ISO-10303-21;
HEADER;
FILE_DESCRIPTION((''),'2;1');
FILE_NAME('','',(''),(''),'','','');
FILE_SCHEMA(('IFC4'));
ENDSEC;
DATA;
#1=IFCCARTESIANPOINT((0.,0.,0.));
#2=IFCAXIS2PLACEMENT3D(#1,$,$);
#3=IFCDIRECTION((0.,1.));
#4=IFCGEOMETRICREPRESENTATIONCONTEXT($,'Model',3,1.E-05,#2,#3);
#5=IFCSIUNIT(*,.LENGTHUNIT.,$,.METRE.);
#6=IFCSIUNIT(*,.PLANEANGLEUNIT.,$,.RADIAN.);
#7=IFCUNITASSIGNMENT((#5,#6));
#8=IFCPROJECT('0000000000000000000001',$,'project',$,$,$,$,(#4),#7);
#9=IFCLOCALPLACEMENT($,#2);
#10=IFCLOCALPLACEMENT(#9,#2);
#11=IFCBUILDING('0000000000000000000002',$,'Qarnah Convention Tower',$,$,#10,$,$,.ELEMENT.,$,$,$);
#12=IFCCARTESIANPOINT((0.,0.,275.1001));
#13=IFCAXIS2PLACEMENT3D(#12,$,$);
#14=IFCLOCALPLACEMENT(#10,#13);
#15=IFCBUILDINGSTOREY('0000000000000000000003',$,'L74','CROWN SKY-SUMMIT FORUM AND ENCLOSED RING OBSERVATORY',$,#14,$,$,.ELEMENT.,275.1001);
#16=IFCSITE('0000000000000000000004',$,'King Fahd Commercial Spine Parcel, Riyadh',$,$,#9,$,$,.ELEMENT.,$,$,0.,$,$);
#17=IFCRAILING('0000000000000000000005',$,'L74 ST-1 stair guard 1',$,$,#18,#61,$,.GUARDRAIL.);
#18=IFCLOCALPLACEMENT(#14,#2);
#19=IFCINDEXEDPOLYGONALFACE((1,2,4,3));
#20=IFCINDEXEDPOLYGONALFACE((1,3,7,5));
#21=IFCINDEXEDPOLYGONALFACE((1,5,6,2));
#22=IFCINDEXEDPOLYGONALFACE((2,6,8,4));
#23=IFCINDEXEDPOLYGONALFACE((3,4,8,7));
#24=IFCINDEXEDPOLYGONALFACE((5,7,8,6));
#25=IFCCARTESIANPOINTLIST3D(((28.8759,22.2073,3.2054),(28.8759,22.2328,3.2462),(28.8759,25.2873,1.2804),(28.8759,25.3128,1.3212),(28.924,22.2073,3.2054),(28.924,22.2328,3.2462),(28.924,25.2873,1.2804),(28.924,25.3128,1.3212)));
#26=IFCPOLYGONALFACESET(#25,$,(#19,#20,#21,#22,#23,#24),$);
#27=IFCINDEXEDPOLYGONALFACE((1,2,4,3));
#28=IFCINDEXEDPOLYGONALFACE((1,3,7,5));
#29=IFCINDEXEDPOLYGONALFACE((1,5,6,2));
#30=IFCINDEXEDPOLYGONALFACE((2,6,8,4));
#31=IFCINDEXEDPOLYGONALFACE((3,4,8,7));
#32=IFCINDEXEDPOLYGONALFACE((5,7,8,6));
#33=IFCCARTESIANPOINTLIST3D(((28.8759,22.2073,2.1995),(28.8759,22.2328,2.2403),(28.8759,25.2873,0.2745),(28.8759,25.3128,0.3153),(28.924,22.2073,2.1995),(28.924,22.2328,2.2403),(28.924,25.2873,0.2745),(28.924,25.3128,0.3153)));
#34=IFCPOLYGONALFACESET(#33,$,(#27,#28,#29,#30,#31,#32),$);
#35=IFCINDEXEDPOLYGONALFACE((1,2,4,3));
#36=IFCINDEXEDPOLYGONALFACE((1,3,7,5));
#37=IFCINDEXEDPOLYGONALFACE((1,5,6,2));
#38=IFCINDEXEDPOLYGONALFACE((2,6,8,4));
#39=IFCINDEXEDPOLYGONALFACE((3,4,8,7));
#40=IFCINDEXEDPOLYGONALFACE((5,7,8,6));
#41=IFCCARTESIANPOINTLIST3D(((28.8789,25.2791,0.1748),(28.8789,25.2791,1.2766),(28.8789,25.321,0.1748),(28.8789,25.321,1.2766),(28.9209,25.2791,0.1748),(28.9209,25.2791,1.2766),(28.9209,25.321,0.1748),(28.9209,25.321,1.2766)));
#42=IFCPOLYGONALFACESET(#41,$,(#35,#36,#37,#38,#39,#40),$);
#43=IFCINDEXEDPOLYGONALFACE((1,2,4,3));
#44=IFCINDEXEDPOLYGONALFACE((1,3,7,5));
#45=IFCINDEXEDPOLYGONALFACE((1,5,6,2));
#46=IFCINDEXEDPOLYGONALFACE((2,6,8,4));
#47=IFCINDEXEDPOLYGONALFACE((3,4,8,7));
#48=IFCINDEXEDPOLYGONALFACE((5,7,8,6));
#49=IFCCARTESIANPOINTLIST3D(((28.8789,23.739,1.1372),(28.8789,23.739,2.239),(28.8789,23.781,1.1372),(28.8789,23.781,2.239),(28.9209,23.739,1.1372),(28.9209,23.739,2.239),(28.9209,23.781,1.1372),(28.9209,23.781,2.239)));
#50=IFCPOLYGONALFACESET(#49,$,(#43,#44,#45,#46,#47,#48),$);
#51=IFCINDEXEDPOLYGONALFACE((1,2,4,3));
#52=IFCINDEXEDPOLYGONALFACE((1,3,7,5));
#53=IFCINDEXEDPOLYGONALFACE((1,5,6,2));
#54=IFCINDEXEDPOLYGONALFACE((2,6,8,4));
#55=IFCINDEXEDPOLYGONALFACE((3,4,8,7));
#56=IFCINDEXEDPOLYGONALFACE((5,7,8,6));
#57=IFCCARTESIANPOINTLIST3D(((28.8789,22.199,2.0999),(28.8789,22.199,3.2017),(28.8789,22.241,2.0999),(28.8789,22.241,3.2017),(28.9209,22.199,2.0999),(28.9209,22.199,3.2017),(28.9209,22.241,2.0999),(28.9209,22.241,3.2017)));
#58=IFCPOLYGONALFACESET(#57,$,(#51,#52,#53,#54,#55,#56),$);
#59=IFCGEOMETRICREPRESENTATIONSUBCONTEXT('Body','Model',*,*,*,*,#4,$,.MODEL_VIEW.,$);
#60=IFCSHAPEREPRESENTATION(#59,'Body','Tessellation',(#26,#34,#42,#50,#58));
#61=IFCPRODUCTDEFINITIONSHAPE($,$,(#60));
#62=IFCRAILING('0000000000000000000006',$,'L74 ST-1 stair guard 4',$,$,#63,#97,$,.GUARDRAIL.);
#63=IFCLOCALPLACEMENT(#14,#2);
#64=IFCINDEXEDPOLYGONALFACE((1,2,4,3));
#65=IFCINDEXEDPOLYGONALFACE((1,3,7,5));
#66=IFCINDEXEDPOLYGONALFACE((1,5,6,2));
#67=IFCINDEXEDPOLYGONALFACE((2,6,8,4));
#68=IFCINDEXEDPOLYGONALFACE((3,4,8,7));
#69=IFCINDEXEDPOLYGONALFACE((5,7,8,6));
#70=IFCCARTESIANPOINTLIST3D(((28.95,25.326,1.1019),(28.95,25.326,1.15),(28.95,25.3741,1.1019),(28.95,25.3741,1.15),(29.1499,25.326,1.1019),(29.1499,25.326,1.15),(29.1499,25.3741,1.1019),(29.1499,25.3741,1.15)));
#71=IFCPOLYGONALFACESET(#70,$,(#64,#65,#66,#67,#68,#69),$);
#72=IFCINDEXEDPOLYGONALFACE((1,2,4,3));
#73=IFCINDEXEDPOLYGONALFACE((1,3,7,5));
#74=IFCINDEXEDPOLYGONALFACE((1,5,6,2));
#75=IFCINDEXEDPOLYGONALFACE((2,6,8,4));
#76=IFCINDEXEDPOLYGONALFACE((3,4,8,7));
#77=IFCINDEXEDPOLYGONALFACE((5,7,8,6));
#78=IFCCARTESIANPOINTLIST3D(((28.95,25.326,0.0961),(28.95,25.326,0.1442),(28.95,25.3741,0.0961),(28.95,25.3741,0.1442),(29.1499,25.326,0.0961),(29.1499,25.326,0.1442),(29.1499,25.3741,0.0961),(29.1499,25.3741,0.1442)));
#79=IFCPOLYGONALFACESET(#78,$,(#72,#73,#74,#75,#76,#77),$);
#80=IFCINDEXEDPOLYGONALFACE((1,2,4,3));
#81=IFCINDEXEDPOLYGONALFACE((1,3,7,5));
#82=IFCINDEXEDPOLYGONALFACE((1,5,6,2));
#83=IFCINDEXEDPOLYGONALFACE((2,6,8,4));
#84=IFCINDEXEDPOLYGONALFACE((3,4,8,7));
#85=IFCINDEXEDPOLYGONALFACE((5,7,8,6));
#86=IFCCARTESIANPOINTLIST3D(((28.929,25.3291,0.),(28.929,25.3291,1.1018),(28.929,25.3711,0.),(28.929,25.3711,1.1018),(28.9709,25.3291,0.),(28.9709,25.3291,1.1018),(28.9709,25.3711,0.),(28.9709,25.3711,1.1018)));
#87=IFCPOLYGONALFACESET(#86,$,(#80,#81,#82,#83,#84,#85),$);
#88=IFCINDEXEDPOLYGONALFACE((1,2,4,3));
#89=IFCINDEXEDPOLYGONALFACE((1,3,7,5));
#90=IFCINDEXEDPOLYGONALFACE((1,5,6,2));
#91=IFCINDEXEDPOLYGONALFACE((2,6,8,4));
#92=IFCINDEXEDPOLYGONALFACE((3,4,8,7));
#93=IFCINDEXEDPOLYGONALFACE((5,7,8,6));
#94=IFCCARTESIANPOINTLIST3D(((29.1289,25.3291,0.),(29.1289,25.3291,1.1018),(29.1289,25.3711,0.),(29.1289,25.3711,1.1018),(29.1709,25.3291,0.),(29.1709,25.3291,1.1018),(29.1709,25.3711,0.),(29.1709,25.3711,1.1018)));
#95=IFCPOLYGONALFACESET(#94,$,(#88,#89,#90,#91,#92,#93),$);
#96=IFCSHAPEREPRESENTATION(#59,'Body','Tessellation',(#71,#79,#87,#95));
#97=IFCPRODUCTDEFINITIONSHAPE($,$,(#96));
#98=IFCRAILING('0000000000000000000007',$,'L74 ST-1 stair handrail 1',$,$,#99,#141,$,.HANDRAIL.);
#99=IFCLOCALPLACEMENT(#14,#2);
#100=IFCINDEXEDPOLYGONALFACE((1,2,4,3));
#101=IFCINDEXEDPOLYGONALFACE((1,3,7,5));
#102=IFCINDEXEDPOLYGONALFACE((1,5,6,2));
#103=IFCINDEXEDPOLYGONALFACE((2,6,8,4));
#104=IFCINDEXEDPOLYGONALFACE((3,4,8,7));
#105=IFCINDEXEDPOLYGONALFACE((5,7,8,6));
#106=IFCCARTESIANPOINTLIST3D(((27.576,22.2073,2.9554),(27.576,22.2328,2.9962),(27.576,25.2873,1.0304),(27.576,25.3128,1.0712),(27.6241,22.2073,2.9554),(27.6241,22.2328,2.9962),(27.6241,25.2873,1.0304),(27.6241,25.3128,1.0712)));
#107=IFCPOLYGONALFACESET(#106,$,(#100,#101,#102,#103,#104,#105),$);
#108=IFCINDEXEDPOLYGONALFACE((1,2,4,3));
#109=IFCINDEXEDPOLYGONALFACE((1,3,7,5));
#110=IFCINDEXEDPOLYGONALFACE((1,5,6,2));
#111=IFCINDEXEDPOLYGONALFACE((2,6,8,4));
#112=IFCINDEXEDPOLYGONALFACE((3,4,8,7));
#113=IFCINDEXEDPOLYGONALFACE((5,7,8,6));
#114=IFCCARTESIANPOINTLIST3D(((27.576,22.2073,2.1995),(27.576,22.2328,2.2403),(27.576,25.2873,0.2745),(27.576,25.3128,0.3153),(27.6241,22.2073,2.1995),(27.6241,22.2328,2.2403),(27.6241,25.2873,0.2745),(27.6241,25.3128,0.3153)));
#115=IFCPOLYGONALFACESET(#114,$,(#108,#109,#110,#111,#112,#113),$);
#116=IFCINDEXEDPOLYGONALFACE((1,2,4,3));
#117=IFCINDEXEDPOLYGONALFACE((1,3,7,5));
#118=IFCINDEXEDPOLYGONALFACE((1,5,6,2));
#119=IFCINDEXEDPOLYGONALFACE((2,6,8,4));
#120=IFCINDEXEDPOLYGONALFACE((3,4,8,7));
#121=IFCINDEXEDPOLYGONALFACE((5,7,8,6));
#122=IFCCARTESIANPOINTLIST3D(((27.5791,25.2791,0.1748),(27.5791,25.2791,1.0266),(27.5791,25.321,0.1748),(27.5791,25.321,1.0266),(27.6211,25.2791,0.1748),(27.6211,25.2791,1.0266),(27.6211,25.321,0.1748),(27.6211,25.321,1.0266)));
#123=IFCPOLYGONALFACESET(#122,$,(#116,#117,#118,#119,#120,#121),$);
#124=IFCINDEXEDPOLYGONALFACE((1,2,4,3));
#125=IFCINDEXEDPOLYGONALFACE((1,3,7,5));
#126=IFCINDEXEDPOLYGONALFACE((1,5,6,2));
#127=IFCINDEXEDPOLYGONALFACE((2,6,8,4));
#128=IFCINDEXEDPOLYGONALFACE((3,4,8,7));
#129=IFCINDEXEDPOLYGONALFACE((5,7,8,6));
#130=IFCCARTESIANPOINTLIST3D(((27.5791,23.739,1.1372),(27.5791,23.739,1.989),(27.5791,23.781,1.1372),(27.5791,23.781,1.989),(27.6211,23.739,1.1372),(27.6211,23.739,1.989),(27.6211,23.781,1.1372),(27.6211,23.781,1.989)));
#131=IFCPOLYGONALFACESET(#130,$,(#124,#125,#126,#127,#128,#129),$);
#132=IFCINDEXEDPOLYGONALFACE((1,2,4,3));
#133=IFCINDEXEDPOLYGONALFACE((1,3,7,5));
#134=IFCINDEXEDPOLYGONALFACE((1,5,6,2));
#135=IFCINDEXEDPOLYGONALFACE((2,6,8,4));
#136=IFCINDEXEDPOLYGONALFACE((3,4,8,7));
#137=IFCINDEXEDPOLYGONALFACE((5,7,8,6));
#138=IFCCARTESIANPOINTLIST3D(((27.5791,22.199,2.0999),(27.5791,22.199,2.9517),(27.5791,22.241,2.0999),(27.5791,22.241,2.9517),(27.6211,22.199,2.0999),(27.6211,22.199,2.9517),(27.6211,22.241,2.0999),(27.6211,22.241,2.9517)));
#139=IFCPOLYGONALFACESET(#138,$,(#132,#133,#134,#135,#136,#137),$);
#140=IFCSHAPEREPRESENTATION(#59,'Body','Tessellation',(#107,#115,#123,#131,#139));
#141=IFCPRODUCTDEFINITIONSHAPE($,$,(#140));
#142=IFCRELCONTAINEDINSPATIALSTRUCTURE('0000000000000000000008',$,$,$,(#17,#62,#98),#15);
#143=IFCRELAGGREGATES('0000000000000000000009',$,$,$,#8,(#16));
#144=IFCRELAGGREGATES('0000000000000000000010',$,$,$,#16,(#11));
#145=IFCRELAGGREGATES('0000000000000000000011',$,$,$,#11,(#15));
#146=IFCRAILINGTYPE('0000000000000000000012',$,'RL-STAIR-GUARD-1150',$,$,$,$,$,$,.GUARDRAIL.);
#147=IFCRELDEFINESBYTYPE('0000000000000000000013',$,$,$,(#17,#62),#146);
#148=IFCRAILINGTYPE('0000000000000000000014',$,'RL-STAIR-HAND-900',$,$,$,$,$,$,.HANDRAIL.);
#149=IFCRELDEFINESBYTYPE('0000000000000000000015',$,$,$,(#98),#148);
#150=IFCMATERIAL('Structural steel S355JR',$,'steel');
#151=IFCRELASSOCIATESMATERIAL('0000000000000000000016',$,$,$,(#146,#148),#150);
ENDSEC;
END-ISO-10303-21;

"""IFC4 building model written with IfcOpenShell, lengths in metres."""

from ifc_helpers import new_model, si_unit, direction, frame, origin, origin_2d, place, context, subcontext, project, spatial, rectangle, extrude, material, type_object, element, save


model = new_model("IFC4")

# Units and contexts
model_context = context("Model", 3, precision=1e-05, world=origin(), true_north=direction((0.0, 1.0)))
body_context = subcontext(model_context, "Body", "Model", "MODEL_VIEW")
ifc_project = project(units=[si_unit("LENGTHUNIT", "METRE"), si_unit("PLANEANGLEUNIT", "RADIAN")], contexts=[model_context])

# Site, building, storey
site_placement = place(None, origin())
site = spatial("IfcSite", under=ifc_project, at=site_placement, Name="King Fahd Commercial Spine Parcel, Riyadh", CompositionType="ELEMENT", RefElevation=0.0)
building_placement = place(site_placement, origin())
building = spatial("IfcBuilding", under=site, at=building_placement, Name="Qarnah Convention Tower", CompositionType="ELEMENT")
storey_placement = place(building_placement, frame((0.0, 0.0, 275.1001)))
storey = spatial("IfcBuildingStorey", under=building, at=storey_placement, Name="L74", Description="CROWN SKY-SUMMIT FORUM AND ENCLOSED RING OBSERVATORY", CompositionType="ELEMENT", Elevation=275.1001)

# Shared definitions
ifc_material_1 = material(Name="Structural steel S355JR", Category="steel")

# Railings
railing_type_1 = type_object("IfcRailingType", Name="RL-STAIR-GUARD-1150", PredefinedType="GUARDRAIL", material=ifc_material_1)
railing_1_placement = place(storey_placement, frame((28.8999, 25.3, 0.1748)))
element("IfcRailing", 1, at=railing_1_placement, inside=storey, type_object=railing_type_1, Name="L74 ST-1 stair guard 1", PredefinedType="GUARDRAIL", context=body_context, shape_type="SweptSolid", body=[
    extrude(rectangle(XDim=0.0481, YDim=0.0481, at=origin_2d()), frame((0.0, 0.0, 1.126), z_axis=(0.0, -0.847998, 0.529999), x_axis=(1.0, 0.0, 0.0)), (0.0, 0.0, 1.0), 3.6321),
    extrude(rectangle(XDim=0.0481, YDim=0.0481, at=origin_2d()), frame((0.0, 0.0, 0.1201), z_axis=(0.0, -0.847998, 0.529999), x_axis=(1.0, 0.0, 0.0)), (0.0, 0.0, 1.0), 3.6321),
    extrude(rectangle(XDim=0.042, YDim=0.042, at=origin_2d()), origin(), (0.0, 0.0, 1.0), 1.1018),
    extrude(rectangle(XDim=0.042, YDim=0.042, at=origin_2d()), frame((0.0, -1.54, 0.9624)), (0.0, 0.0, 1.0), 1.1018),
    extrude(rectangle(XDim=0.042, YDim=0.042, at=origin_2d()), frame((0.0, -3.0801, 1.925)), (0.0, 0.0, 1.0), 1.1018),
])
railing_2_placement = place(storey_placement, frame((28.95, 25.3501, 0.0)))
element("IfcRailing", 2, at=railing_2_placement, inside=storey, type_object=railing_type_1, Name="L74 ST-1 stair guard 4", PredefinedType="GUARDRAIL", context=body_context, shape_type="SweptSolid", body=[
    extrude(rectangle(XDim=0.0481, YDim=0.0481, at=origin_2d()), frame((0.0, 0.0, 1.126), z_axis=(1.0, 0.0, 0.0), x_axis=(0.0, 1.0, 0.0)), (0.0, 0.0, 1.0), 0.2),
    extrude(rectangle(XDim=0.0481, YDim=0.0481, at=origin_2d()), frame((0.0, 0.0, 0.1201), z_axis=(1.0, 0.0, 0.0), x_axis=(0.0, 1.0, 0.0)), (0.0, 0.0, 1.0), 0.2),
    extrude(rectangle(XDim=0.042, YDim=0.042, at=origin_2d()), origin(), (0.0, 0.0, 1.0), 1.1018),
    extrude(rectangle(XDim=0.042, YDim=0.042, at=origin_2d()), frame((0.2, 0.0, 0.0)), (0.0, 0.0, 1.0), 1.1018),
])
railing_type_2 = type_object("IfcRailingType", Name="RL-STAIR-HAND-900", PredefinedType="HANDRAIL", material=ifc_material_1)
railing_3_placement = place(storey_placement, frame((27.6001, 25.3, 0.1748)))
element("IfcRailing", 3, at=railing_3_placement, inside=storey, type_object=railing_type_2, Name="L74 ST-1 stair handrail 1", PredefinedType="HANDRAIL", context=body_context, shape_type="SweptSolid", body=[
    extrude(rectangle(XDim=0.0481, YDim=0.0481, at=origin_2d()), frame((0.0, 0.0, 0.876), z_axis=(0.0, -0.847998, 0.529999), x_axis=(1.0, 0.0, 0.0)), (0.0, 0.0, 1.0), 3.6321),
    extrude(rectangle(XDim=0.0481, YDim=0.0481, at=origin_2d()), frame((0.0, 0.0, 0.1201), z_axis=(0.0, -0.847998, 0.529999), x_axis=(1.0, 0.0, 0.0)), (0.0, 0.0, 1.0), 3.6321),
    extrude(rectangle(XDim=0.042, YDim=0.042, at=origin_2d()), origin(), (0.0, 0.0, 1.0), 0.8518),
    extrude(rectangle(XDim=0.042, YDim=0.042, at=origin_2d()), frame((0.0, -1.54, 0.9624)), (0.0, 0.0, 1.0), 0.8518),
    extrude(rectangle(XDim=0.042, YDim=0.042, at=origin_2d()), frame((0.0, -3.0801, 1.925)), (0.0, 0.0, 1.0), 0.8518),
])

save(model, "model.ifc")
